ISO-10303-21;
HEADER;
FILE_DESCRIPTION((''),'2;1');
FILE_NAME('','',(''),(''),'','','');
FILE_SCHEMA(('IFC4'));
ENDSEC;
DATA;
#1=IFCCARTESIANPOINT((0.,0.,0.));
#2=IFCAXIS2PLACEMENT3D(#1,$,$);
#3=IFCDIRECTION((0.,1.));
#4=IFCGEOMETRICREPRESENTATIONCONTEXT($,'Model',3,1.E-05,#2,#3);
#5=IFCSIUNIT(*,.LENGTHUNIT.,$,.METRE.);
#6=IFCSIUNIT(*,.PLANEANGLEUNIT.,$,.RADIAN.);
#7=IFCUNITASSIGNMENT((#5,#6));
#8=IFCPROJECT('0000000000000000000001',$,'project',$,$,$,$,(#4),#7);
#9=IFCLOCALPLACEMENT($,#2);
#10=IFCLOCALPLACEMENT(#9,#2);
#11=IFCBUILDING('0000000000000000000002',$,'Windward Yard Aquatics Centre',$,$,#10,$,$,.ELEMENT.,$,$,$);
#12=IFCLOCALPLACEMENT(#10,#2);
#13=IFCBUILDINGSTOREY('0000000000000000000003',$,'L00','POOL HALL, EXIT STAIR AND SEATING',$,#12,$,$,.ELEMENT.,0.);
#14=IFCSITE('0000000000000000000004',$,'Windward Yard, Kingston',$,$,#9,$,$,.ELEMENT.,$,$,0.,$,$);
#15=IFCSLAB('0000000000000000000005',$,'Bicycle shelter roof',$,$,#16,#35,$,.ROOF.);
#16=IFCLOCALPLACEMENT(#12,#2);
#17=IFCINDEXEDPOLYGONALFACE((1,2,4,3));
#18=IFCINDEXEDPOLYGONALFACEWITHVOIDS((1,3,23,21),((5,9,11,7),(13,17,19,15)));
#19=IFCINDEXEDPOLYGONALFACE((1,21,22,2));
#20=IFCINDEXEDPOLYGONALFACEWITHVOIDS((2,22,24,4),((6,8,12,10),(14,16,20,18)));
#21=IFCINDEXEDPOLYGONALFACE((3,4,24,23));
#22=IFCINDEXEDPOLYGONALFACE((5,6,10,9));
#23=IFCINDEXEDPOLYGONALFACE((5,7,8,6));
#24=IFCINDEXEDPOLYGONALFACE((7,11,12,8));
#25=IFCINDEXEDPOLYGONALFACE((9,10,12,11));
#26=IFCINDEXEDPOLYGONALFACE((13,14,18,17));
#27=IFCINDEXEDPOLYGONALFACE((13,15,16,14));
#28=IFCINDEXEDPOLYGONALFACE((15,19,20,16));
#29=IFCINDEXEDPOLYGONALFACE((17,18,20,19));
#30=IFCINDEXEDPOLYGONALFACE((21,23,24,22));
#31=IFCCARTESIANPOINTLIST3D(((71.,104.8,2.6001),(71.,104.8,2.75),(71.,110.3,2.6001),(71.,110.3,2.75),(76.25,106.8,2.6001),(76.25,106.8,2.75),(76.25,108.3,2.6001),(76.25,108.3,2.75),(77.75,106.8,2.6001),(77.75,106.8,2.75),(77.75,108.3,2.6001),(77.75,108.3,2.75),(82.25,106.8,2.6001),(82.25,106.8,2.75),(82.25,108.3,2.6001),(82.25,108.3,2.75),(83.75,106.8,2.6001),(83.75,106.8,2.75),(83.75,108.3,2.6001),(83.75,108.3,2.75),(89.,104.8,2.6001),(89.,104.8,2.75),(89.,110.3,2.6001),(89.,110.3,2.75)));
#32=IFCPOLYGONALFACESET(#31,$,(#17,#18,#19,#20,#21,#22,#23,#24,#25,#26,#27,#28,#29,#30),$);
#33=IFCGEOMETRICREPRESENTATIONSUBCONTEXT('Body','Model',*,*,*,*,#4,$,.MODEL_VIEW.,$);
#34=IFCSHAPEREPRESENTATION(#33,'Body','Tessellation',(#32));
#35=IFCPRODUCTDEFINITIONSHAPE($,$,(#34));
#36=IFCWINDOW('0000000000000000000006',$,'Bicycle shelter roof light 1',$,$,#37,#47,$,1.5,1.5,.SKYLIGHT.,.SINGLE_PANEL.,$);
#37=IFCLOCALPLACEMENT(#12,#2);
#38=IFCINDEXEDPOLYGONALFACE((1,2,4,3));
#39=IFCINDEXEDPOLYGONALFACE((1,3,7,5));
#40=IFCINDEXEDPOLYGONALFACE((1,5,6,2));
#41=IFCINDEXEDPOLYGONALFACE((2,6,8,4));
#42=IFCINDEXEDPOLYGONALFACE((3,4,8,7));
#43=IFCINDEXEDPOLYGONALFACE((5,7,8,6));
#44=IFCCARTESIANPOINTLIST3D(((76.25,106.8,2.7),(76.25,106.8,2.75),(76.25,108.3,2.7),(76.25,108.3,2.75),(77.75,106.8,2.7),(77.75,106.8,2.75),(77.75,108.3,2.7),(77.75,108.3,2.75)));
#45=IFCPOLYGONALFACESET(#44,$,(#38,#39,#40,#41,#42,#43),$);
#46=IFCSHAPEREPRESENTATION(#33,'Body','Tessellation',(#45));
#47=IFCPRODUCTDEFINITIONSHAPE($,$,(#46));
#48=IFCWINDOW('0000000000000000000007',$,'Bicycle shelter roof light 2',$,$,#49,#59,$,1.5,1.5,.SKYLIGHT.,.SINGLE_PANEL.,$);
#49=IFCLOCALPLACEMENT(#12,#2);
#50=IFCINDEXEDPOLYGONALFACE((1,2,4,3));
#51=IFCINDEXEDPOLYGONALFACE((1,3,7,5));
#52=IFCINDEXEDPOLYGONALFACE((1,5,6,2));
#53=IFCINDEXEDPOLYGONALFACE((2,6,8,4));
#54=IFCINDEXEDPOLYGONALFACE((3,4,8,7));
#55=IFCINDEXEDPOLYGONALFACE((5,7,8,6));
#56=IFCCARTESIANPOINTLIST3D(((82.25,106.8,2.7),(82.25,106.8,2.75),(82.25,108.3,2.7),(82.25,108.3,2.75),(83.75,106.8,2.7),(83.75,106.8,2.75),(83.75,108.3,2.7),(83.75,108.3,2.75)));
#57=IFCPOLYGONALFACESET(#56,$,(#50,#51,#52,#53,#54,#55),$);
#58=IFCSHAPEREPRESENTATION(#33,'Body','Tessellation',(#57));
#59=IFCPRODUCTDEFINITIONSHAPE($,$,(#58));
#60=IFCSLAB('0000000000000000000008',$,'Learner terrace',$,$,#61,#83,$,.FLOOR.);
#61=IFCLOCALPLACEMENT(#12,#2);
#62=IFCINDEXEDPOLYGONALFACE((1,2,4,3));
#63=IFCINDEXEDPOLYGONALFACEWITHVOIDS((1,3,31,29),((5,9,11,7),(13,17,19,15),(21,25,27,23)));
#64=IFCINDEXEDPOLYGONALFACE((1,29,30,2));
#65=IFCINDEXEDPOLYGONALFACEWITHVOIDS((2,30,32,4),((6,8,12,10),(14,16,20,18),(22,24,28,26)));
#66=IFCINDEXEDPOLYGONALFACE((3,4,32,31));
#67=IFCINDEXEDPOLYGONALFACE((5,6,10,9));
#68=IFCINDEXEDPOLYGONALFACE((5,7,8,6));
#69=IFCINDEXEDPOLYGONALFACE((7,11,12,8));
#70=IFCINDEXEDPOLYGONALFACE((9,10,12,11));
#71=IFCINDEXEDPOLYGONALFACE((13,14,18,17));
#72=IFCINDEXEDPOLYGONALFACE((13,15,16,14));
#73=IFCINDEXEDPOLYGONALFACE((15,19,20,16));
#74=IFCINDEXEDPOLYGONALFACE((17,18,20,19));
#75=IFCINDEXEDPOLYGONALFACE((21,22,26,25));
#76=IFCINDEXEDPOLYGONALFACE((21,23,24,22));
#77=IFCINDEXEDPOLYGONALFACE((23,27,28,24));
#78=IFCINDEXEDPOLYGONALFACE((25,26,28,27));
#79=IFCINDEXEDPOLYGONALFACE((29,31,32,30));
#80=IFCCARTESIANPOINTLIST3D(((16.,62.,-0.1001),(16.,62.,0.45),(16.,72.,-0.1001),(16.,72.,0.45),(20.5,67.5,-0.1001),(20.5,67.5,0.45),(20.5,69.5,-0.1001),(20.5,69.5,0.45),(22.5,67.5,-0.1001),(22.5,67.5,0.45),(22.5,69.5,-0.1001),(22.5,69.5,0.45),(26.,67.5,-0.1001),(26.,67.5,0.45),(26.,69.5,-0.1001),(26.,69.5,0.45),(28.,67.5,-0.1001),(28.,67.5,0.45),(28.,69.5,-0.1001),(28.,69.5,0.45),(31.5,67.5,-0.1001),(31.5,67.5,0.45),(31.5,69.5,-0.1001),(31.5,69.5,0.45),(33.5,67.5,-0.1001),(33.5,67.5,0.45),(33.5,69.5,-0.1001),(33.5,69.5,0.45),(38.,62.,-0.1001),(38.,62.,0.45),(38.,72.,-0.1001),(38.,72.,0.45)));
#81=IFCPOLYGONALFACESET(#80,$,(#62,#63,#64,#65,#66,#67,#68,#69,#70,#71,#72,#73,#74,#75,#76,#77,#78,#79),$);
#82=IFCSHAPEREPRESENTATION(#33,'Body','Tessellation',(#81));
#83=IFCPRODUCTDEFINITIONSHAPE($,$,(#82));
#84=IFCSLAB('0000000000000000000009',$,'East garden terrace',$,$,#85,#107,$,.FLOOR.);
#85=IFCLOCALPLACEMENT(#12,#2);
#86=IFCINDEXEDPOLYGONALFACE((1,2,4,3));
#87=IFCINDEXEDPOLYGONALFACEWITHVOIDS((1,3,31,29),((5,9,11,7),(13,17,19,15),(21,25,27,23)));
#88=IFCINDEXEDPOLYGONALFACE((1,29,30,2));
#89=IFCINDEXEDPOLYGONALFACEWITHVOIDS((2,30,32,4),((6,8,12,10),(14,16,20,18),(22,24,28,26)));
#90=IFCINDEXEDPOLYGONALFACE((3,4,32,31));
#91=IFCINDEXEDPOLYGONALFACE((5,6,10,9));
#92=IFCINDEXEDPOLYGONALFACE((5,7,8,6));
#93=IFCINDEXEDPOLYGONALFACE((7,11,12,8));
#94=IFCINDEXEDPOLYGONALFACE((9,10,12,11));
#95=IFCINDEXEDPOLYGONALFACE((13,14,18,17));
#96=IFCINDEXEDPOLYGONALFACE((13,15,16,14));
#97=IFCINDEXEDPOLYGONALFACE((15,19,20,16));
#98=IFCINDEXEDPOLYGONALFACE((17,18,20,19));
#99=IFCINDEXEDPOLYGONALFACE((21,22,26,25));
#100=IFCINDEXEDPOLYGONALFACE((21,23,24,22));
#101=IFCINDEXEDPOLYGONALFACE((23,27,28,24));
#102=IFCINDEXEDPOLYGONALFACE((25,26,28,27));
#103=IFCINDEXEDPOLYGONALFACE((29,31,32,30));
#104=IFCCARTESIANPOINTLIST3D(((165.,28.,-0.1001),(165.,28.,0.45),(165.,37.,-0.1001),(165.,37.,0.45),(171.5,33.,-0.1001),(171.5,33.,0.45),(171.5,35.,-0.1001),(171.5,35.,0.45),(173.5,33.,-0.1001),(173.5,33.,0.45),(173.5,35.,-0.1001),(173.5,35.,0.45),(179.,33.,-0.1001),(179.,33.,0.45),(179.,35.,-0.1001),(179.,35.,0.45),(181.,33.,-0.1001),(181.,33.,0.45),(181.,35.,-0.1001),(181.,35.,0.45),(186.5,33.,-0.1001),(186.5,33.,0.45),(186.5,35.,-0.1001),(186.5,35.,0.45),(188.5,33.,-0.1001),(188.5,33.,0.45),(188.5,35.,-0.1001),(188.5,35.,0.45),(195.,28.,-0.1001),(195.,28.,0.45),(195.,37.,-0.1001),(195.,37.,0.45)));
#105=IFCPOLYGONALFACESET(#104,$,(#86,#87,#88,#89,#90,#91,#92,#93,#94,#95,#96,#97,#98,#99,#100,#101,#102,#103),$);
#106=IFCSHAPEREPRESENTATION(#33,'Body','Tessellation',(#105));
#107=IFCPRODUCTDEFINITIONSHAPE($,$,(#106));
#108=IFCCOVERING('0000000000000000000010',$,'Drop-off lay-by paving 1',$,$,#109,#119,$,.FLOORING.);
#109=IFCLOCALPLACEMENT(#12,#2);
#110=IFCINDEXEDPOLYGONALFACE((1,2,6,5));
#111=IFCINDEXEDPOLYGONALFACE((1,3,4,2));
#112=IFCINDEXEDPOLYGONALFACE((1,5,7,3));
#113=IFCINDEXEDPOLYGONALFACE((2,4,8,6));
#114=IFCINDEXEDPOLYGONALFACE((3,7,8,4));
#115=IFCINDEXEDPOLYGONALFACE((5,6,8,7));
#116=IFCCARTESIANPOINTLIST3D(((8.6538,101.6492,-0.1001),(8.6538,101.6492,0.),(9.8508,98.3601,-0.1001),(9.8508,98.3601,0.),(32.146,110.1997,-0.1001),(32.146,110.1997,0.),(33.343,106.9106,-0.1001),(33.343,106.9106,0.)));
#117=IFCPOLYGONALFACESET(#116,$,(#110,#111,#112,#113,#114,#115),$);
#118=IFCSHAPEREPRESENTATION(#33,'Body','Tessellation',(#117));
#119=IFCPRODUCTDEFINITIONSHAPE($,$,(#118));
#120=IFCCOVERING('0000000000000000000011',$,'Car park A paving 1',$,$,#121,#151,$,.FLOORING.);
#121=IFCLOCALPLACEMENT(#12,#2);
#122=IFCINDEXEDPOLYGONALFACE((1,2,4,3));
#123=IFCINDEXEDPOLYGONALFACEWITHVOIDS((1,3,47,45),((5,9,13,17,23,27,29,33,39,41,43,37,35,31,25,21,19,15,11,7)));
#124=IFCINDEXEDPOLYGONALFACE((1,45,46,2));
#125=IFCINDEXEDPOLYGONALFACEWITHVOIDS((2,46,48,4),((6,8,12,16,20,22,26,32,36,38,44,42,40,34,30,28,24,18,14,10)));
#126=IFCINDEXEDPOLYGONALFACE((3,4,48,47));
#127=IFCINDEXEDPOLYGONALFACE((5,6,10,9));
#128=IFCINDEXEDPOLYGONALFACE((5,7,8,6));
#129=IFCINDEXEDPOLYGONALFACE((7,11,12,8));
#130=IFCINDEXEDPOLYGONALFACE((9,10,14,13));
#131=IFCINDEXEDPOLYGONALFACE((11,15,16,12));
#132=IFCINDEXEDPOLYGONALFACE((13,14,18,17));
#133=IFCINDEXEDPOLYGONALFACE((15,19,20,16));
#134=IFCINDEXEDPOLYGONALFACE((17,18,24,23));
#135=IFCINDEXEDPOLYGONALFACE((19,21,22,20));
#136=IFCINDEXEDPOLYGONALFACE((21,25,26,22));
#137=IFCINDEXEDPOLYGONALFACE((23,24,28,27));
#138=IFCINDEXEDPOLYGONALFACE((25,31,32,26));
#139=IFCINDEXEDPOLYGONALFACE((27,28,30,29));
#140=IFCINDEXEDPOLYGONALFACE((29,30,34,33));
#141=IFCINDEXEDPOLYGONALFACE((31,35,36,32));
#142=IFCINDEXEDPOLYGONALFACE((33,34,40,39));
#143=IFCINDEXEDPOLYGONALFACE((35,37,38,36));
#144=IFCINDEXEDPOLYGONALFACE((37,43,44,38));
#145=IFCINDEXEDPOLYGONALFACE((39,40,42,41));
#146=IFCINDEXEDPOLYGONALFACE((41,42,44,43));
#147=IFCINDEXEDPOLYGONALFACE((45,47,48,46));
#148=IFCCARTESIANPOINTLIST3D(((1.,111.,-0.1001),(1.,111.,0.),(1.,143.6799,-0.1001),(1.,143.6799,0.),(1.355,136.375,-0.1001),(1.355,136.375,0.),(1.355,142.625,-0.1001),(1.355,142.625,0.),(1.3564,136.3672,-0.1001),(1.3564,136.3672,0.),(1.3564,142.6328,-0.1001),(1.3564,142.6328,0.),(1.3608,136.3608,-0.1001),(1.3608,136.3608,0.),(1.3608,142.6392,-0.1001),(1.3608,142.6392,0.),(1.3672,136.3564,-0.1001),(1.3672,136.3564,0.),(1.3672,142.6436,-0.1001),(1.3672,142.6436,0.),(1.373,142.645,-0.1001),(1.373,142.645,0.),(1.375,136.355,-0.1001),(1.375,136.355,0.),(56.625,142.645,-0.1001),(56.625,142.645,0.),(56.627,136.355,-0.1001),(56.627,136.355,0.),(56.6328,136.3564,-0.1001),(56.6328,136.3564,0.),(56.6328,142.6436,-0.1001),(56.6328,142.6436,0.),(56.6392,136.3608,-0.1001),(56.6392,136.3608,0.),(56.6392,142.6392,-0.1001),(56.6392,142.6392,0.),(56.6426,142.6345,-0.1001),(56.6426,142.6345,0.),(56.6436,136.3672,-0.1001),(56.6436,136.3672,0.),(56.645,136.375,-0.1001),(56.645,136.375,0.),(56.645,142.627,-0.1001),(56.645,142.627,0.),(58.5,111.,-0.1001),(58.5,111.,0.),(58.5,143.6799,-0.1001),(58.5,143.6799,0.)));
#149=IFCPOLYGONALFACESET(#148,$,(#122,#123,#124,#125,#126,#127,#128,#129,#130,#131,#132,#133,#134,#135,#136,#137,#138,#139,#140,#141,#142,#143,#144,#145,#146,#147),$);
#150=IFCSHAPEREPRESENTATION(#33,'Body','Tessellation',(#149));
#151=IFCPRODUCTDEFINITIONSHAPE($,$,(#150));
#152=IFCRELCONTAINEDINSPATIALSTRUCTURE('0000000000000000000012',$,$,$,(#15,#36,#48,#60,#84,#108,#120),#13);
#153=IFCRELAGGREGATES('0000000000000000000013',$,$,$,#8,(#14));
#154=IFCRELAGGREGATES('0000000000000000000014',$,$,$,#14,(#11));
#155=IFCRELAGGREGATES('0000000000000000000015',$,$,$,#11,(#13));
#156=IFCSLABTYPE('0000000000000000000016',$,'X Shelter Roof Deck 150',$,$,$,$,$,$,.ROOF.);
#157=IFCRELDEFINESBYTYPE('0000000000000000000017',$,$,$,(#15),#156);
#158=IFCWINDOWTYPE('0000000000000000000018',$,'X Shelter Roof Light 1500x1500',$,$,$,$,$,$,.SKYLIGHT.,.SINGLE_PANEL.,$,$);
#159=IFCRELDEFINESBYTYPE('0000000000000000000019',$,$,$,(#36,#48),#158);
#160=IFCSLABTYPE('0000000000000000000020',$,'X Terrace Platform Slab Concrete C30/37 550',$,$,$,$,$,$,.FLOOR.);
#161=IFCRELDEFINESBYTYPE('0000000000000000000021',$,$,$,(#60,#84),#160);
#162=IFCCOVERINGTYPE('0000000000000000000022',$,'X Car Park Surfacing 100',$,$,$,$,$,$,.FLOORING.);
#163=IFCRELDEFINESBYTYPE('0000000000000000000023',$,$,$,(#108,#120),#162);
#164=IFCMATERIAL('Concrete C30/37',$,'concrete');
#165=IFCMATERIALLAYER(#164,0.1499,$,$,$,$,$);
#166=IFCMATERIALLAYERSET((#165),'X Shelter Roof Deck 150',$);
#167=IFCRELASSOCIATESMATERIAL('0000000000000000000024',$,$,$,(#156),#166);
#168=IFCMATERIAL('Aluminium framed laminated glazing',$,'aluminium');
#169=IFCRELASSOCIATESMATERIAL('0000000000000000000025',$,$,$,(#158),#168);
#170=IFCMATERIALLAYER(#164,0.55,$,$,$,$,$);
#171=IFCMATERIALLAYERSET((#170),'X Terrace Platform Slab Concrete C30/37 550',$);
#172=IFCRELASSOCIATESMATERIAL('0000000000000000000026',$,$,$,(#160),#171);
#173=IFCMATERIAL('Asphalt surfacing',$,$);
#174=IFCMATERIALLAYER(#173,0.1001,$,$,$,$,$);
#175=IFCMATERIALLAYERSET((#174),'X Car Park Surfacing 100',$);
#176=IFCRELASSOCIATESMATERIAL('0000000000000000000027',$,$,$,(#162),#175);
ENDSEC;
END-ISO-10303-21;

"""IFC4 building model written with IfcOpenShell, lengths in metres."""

from ifc_helpers import new_model, si_unit, direction, frame, origin, origin_2d, place, context, subcontext, project, spatial, polyline, rectangle, outline, extrude, material, layer, layer_set, type_object, element, fill, save


model = new_model("IFC4")

# Units and contexts
model_context = context("Model", 3, precision=1e-05, world=origin(), true_north=direction((0.0, 1.0)))
body_context = subcontext(model_context, "Body", "Model", "MODEL_VIEW")
ifc_project = project(units=[si_unit("LENGTHUNIT", "METRE"), si_unit("PLANEANGLEUNIT", "RADIAN")], contexts=[model_context])

# Site, building, storey
site_placement = place(None, origin())
site = spatial("IfcSite", under=ifc_project, at=site_placement, Name="Windward Yard, Kingston", CompositionType="ELEMENT", RefElevation=0.0)
building_placement = place(site_placement, origin())
building = spatial("IfcBuilding", under=site, at=building_placement, Name="Windward Yard Aquatics Centre", CompositionType="ELEMENT")
storey_placement = place(building_placement, origin())
storey = spatial("IfcBuildingStorey", under=building, at=storey_placement, Name="L00", Description="POOL HALL, EXIT STAIR AND SEATING", CompositionType="ELEMENT", Elevation=0.0)

# Slab, openings, windows
ifc_material_1 = material(Name="Concrete C30/37", Category="concrete")
ifc_layer_1 = layer(ifc_material_1, 0.1499)
ifc_layer_set_1 = layer_set([ifc_layer_1], Name="X Shelter Roof Deck 150")
slab_type_1 = type_object("IfcSlabType", Name="X Shelter Roof Deck 150", PredefinedType="ROOF", material=ifc_layer_set_1)
slab_1_placement = place(storey_placement, frame((0.0, 0.0, 2.6001)))
slab_1 = element("IfcSlab", 1, at=slab_1_placement, inside=storey, type_object=slab_type_1, Name="Bicycle shelter roof", PredefinedType="ROOF", context=body_context, shape_type="SweptSolid", body=[
    extrude(outline(polyline([(71.0, 104.8), (89.0, 104.8), (89.0, 110.3), (71.0, 110.3), (71.0, 104.8)])), origin(), (0.0, 0.0, 1.0), 0.1499),
])
opening_1_placement = place(slab_1_placement, frame((77.0, 107.55, 0.0)))
opening_1 = element("IfcOpeningElement", 2, at=opening_1_placement, cuts=slab_1, PredefinedType="OPENING", context=body_context, shape_type="SweptSolid", body=[
    extrude(rectangle(XDim=1.5, YDim=1.5, at=origin_2d()), origin(), (0.0, 0.0, 1.0), 0.1499),
])
opening_2_placement = place(slab_1_placement, frame((83.0, 107.55, 0.0)))
opening_2 = element("IfcOpeningElement", 3, at=opening_2_placement, cuts=slab_1, PredefinedType="OPENING", context=body_context, shape_type="SweptSolid", body=[
    extrude(rectangle(XDim=1.5, YDim=1.5, at=origin_2d()), origin(), (0.0, 0.0, 1.0), 0.1499),
])
ifc_material_2 = material(Name="Aluminium framed laminated glazing", Category="aluminium")
window_type = type_object("IfcWindowType", Name="X Shelter Roof Light 1500x1500", PartitioningType="SINGLE_PANEL", PredefinedType="SKYLIGHT", material=ifc_material_2)
window_1_placement = place(opening_1_placement, frame((0.0, 0.0, 0.0999)))
window_1 = element("IfcWindow", 4, at=window_1_placement, inside=storey, type_object=window_type, Name="Bicycle shelter roof light 1", OverallHeight=1.5, OverallWidth=1.5, PartitioningType="SINGLE_PANEL", PredefinedType="SKYLIGHT", context=body_context, shape_type="SweptSolid", body=[
    extrude(rectangle(XDim=1.5, YDim=1.5, at=origin_2d()), origin(), (0.0, 0.0, 1.0), 0.05),
])
fill(opening_1, window_1)
window_2_placement = place(opening_2_placement, frame((0.0, 0.0, 0.0999)))
window_2 = element("IfcWindow", 5, at=window_2_placement, inside=storey, type_object=window_type, Name="Bicycle shelter roof light 2", OverallHeight=1.5, OverallWidth=1.5, PartitioningType="SINGLE_PANEL", PredefinedType="SKYLIGHT", context=body_context, shape_type="SweptSolid", body=[
    extrude(rectangle(XDim=1.5, YDim=1.5, at=origin_2d()), origin(), (0.0, 0.0, 1.0), 0.05),
])
fill(opening_2, window_2)

# Slabs
ifc_layer_2 = layer(ifc_material_1, 0.55)
ifc_layer_set_2 = layer_set([ifc_layer_2], Name="X Terrace Platform Slab Concrete C30/37 550")
slab_type_2 = type_object("IfcSlabType", Name="X Terrace Platform Slab Concrete C30/37 550", PredefinedType="FLOOR", material=ifc_layer_set_2)
slab_2_placement = place(storey_placement, frame((0.0, 0.0, -0.1001)))
element("IfcSlab", 6, at=slab_2_placement, inside=storey, type_object=slab_type_2, Name="Learner terrace", PredefinedType="FLOOR", context=body_context, shape_type="SweptSolid", body=[
    extrude(outline(polyline([(16.0, 62.0), (38.0, 62.0), (38.0, 72.0), (16.0, 72.0), (16.0, 62.0)]), holes=[polyline([(20.5, 67.5), (22.5, 67.5), (22.5, 69.5), (20.5, 69.5), (20.5, 67.5)]), polyline([(26.0, 67.5), (28.0, 67.5), (28.0, 69.5), (26.0, 69.5), (26.0, 67.5)]), polyline([(31.5, 67.5), (33.5, 67.5), (33.5, 69.5), (31.5, 69.5), (31.5, 67.5)])]), origin(), (0.0, 0.0, 1.0), 0.55),
])
slab_3_placement = place(storey_placement, frame((0.0, 0.0, -0.1001)))
element("IfcSlab", 7, at=slab_3_placement, inside=storey, type_object=slab_type_2, Name="East garden terrace", PredefinedType="FLOOR", context=body_context, shape_type="SweptSolid", body=[
    extrude(outline(polyline([(165.0, 28.0), (195.0, 28.0), (195.0, 37.0), (165.0, 37.0), (165.0, 28.0)]), holes=[polyline([(171.5, 33.0), (173.5, 33.0), (173.5, 35.0), (171.5, 35.0), (171.5, 33.0)]), polyline([(179.0, 33.0), (181.0, 33.0), (181.0, 35.0), (179.0, 35.0), (179.0, 33.0)]), polyline([(186.5, 33.0), (188.5, 33.0), (188.5, 35.0), (186.5, 35.0), (186.5, 33.0)])]), origin(), (0.0, 0.0, 1.0), 0.55),
])

# Coverings
ifc_material_3 = material(Name="Asphalt surfacing")
ifc_layer_3 = layer(ifc_material_3, 0.1001)
ifc_layer_set_3 = layer_set([ifc_layer_3], Name="X Car Park Surfacing 100")
covering_type_1 = type_object("IfcCoveringType", Name="X Car Park Surfacing 100", PredefinedType="FLOORING", material=ifc_layer_set_3)
covering_1_placement = place(storey_placement, frame((0.0, 0.0, -0.1001)))
element("IfcCovering", 8, at=covering_1_placement, inside=storey, type_object=covering_type_1, Name="Drop-off lay-by paving 1", PredefinedType="FLOORING", context=body_context, shape_type="SweptSolid", body=[
    extrude(outline(polyline([(8.6538, 101.6492), (9.8508, 98.3601), (33.343, 106.9106), (32.146, 110.1997), (8.6538, 101.6492)])), origin(), (0.0, 0.0, 1.0), 0.1001),
])
covering_2_placement = place(storey_placement, frame((0.0, 0.0, -0.1001)))
element("IfcCovering", 9, at=covering_2_placement, inside=storey, type_object=covering_type_1, Name="Car park A paving 1", PredefinedType="FLOORING", context=body_context, shape_type="SweptSolid", body=[
    extrude(outline(polyline([(1.0, 111.0), (58.5, 111.0), (58.5, 143.6799), (1.0, 143.6799), (1.0, 111.0)]), holes=[polyline([(1.355, 136.375), (1.3564, 136.3672), (1.3608, 136.3608), (1.3672, 136.3564), (1.375, 136.355), (56.627, 136.355), (56.6328, 136.3564), (56.6392, 136.3608), (56.6436, 136.3672), (56.645, 136.375), (56.645, 142.627), (56.6426, 142.6345), (56.6392, 142.6392), (56.6328, 142.6436), (56.625, 142.645), (1.373, 142.645), (1.3672, 142.6436), (1.3608, 142.6392), (1.3564, 142.6328), (1.355, 142.625), (1.355, 136.375)])]), origin(), (0.0, 0.0, 1.0), 0.1001),
])

save(model, "model.ifc")
